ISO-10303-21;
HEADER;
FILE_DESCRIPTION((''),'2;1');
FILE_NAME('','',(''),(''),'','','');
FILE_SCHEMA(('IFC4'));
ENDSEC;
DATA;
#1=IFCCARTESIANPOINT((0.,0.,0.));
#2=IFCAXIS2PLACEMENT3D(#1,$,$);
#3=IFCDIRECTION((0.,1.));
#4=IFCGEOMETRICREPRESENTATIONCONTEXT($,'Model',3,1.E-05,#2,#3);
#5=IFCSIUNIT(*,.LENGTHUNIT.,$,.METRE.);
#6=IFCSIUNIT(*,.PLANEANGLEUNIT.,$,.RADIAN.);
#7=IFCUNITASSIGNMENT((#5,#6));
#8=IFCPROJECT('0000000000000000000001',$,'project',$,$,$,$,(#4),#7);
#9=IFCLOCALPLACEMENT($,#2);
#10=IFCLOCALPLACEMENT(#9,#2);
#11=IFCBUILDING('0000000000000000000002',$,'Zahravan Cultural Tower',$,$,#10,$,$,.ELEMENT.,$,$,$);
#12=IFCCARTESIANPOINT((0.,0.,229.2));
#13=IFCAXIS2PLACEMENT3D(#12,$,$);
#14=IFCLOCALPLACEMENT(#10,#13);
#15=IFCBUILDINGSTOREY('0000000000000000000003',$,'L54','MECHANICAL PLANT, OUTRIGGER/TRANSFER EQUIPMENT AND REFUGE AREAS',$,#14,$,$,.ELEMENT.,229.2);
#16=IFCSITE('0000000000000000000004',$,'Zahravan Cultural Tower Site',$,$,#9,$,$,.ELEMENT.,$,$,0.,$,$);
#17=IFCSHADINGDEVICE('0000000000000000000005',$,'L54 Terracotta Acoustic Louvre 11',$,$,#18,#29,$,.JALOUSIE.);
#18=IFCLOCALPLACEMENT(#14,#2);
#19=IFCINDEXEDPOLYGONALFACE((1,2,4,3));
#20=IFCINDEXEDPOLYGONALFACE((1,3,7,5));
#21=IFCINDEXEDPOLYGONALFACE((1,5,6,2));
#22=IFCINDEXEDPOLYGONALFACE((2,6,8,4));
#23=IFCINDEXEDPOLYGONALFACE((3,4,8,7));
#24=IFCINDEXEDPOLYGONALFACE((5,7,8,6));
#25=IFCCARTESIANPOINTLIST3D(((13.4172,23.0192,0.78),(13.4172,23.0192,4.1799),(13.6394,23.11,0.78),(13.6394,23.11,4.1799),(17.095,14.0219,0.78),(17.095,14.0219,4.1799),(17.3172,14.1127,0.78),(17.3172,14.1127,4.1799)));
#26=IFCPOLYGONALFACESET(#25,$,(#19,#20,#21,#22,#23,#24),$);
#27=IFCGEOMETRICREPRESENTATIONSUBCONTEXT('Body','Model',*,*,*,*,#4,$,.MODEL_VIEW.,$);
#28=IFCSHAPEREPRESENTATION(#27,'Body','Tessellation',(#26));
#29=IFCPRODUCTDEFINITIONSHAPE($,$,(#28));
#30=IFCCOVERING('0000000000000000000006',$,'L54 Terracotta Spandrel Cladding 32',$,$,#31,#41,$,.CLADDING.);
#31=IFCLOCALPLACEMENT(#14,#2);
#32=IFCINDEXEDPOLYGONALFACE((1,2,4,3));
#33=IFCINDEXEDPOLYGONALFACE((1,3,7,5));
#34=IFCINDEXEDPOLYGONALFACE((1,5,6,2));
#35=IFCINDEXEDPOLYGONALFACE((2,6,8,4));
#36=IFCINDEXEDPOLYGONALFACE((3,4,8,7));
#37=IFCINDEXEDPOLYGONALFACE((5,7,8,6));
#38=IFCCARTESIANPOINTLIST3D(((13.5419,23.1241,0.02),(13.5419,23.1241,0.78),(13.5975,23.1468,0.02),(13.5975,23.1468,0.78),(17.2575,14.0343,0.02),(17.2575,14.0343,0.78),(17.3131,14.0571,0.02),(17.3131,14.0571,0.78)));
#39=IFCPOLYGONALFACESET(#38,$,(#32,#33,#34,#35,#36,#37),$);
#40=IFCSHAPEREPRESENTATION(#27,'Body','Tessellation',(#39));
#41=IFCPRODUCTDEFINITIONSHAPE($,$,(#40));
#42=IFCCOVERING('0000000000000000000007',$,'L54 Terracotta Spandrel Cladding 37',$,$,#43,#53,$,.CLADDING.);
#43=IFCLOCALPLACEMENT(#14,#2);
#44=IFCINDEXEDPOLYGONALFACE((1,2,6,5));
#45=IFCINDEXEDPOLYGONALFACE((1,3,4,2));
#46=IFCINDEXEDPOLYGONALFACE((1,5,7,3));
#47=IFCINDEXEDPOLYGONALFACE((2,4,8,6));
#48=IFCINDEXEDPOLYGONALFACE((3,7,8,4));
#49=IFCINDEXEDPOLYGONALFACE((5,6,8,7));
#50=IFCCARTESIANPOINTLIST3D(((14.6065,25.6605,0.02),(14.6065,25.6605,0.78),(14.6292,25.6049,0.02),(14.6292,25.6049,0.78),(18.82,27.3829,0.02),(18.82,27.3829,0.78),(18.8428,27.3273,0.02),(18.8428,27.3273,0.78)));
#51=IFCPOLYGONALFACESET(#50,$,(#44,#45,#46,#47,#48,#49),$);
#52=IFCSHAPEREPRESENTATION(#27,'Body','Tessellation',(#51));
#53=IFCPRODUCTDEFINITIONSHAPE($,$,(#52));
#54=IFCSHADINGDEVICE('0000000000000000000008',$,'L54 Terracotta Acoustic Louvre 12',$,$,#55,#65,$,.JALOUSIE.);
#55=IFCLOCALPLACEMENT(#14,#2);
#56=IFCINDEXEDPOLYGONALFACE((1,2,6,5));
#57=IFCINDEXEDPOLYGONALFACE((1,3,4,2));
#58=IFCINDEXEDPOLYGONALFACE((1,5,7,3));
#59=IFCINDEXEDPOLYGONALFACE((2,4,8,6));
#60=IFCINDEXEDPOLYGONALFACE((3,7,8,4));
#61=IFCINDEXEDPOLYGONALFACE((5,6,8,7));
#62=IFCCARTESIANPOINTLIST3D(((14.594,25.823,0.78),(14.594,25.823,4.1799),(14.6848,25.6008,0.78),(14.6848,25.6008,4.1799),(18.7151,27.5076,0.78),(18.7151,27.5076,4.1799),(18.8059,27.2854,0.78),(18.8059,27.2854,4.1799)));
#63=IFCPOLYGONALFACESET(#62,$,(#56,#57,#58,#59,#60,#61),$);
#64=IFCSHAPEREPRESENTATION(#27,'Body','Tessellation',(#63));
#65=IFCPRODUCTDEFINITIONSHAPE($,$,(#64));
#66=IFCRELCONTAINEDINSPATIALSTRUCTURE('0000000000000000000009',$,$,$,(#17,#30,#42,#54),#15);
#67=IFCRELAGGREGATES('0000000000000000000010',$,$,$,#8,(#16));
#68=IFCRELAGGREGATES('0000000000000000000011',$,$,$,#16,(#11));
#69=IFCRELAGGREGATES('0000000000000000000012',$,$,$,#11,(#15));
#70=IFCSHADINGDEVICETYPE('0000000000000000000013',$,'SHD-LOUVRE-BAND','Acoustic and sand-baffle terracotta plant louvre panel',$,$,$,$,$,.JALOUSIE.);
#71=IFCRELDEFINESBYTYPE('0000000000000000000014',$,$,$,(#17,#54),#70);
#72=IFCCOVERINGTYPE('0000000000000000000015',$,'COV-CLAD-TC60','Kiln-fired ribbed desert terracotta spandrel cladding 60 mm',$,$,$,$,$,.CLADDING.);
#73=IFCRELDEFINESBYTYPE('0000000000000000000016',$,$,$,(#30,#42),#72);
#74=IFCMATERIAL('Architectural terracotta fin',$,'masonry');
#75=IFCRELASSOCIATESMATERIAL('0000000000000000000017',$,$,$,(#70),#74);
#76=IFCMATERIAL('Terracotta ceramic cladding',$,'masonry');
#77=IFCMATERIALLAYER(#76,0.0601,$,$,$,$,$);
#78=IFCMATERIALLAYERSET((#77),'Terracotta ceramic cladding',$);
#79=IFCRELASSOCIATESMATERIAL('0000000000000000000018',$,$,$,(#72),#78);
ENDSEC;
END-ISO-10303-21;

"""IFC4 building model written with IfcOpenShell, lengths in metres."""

from ifc_helpers import new_model, si_unit, direction, frame, origin, origin_2d, place, context, subcontext, project, spatial, rectangle, extrude, source, transform, mapped, material, layer, layer_set, type_object, element, save


model = new_model("IFC4")

# Units and contexts
model_context = context("Model", 3, precision=1e-05, world=origin(), true_north=direction((0.0, 1.0)))
body_context = subcontext(model_context, "Body", "Model", "MODEL_VIEW")
ifc_project = project(units=[si_unit("LENGTHUNIT", "METRE"), si_unit("PLANEANGLEUNIT", "RADIAN")], contexts=[model_context])

# Site, building, storey
site_placement = place(None, origin())
site = spatial("IfcSite", under=ifc_project, at=site_placement, Name="Zahravan Cultural Tower Site", CompositionType="ELEMENT", RefElevation=0.0)
building_placement = place(site_placement, origin())
building = spatial("IfcBuilding", under=site, at=building_placement, Name="Zahravan Cultural Tower", CompositionType="ELEMENT")
storey_placement = place(building_placement, frame((0.0, 0.0, 229.2)))
storey = spatial("IfcBuildingStorey", under=building, at=storey_placement, Name="L54", Description="MECHANICAL PLANT, OUTRIGGER/TRANSFER EQUIPMENT AND REFUGE AREAS", CompositionType="ELEMENT", Elevation=229.2)

# Shading device
ifc_material_1 = material(Name="Architectural terracotta fin", Category="masonry")
shading_device_type = type_object("IfcShadingDeviceType", Name="SHD-LOUVRE-BAND", Description="Acoustic and sand-baffle terracotta plant louvre panel", PredefinedType="JALOUSIE", material=ifc_material_1)
shared_shape_1 = source(origin(), body_context, "Body", "SweptSolid", [
    extrude(rectangle(XDim=9.72, YDim=0.24, at=origin_2d()), origin(), (0.0, 0.0, 1.0), 3.3999),
])
shading_device_1_placement = place(storey_placement, frame((15.3672, 18.5659, 0.78), z_axis=(0.0, 0.0, 1.0), x_axis=(-0.378374, 0.925653, 0.0)))
element("IfcShadingDevice", 1, at=shading_device_1_placement, inside=storey, type_object=shading_device_type, Name="L54 Terracotta Acoustic Louvre 11", PredefinedType="JALOUSIE", context=body_context, shape_type="MappedRepresentation", body=[
    mapped(shared_shape_1, transform((0.0, 0.0, 0.0), x_axis=(1.0, 0.0, 0.0), y_axis=(0.0, 1.0, 0.0), z_axis=(0.0, 0.0, 1.0), scale=1.0)),
])

# Coverings
ifc_material_2 = material(Name="Terracotta ceramic cladding", Category="masonry")
ifc_layer_1 = layer(ifc_material_2, 0.0601)
ifc_layer_set_1 = layer_set([ifc_layer_1], Name="Terracotta ceramic cladding")
covering_type = type_object("IfcCoveringType", Name="COV-CLAD-TC60", Description="Kiln-fired ribbed desert terracotta spandrel cladding 60 mm", PredefinedType="CLADDING", material=ifc_layer_set_1)
shared_shape_2 = source(origin(), body_context, "Body", "SweptSolid", [
    extrude(rectangle(XDim=9.8198, YDim=0.0601, at=origin_2d()), origin(), (0.0, 0.0, 1.0), 0.76),
])
covering_1_placement = place(storey_placement, frame((15.4275, 18.5906, 0.02), z_axis=(0.0, 0.0, 1.0), x_axis=(-0.378374, 0.925653, 0.0)))
element("IfcCovering", 2, at=covering_1_placement, inside=storey, type_object=covering_type, Name="L54 Terracotta Spandrel Cladding 32", PredefinedType="CLADDING", context=body_context, shape_type="MappedRepresentation", body=[
    mapped(shared_shape_2, transform((0.0, 0.0, 0.0), x_axis=(1.0, 0.0, 0.0), y_axis=(0.0, 1.0, 0.0), z_axis=(0.0, 0.0, 1.0), scale=1.0)),
])
shared_shape_3 = source(origin(), body_context, "Body", "SweptSolid", [
    extrude(rectangle(XDim=4.552, YDim=0.0601, at=origin_2d()), origin(), (0.0, 0.0, 1.0), 0.76),
])
covering_2_placement = place(storey_placement, frame((16.7246, 26.4939, 0.02), z_axis=(0.0, 0.0, 1.0), x_axis=(0.925653, 0.378374, 0.0)))
element("IfcCovering", 3, at=covering_2_placement, inside=storey, type_object=covering_type, Name="L54 Terracotta Spandrel Cladding 37", PredefinedType="CLADDING", context=body_context, shape_type="MappedRepresentation", body=[
    mapped(shared_shape_3, transform((0.0, 0.0, 0.0), x_axis=(1.0, 0.0, 0.0), y_axis=(0.0, 1.0, 0.0), z_axis=(0.0, 0.0, 1.0), scale=1.0)),
])

# Shading device
shared_shape_4 = source(origin(), body_context, "Body", "SweptSolid", [
    extrude(rectangle(XDim=4.4521, YDim=0.24, at=origin_2d()), origin(), (0.0, 0.0, 1.0), 3.3999),
])
shading_device_2_placement = place(storey_placement, frame((16.7, 26.5542, 0.78), z_axis=(0.0, 0.0, 1.0), x_axis=(0.925653, 0.378374, 0.0)))
element("IfcShadingDevice", 4, at=shading_device_2_placement, inside=storey, type_object=shading_device_type, Name="L54 Terracotta Acoustic Louvre 12", PredefinedType="JALOUSIE", context=body_context, shape_type="MappedRepresentation", body=[
    mapped(shared_shape_4, transform((0.0, 0.0, 0.0), x_axis=(1.0, 0.0, 0.0), y_axis=(0.0, 1.0, 0.0), z_axis=(0.0, 0.0, 1.0), scale=1.0)),
])

save(model, "model.ifc")
